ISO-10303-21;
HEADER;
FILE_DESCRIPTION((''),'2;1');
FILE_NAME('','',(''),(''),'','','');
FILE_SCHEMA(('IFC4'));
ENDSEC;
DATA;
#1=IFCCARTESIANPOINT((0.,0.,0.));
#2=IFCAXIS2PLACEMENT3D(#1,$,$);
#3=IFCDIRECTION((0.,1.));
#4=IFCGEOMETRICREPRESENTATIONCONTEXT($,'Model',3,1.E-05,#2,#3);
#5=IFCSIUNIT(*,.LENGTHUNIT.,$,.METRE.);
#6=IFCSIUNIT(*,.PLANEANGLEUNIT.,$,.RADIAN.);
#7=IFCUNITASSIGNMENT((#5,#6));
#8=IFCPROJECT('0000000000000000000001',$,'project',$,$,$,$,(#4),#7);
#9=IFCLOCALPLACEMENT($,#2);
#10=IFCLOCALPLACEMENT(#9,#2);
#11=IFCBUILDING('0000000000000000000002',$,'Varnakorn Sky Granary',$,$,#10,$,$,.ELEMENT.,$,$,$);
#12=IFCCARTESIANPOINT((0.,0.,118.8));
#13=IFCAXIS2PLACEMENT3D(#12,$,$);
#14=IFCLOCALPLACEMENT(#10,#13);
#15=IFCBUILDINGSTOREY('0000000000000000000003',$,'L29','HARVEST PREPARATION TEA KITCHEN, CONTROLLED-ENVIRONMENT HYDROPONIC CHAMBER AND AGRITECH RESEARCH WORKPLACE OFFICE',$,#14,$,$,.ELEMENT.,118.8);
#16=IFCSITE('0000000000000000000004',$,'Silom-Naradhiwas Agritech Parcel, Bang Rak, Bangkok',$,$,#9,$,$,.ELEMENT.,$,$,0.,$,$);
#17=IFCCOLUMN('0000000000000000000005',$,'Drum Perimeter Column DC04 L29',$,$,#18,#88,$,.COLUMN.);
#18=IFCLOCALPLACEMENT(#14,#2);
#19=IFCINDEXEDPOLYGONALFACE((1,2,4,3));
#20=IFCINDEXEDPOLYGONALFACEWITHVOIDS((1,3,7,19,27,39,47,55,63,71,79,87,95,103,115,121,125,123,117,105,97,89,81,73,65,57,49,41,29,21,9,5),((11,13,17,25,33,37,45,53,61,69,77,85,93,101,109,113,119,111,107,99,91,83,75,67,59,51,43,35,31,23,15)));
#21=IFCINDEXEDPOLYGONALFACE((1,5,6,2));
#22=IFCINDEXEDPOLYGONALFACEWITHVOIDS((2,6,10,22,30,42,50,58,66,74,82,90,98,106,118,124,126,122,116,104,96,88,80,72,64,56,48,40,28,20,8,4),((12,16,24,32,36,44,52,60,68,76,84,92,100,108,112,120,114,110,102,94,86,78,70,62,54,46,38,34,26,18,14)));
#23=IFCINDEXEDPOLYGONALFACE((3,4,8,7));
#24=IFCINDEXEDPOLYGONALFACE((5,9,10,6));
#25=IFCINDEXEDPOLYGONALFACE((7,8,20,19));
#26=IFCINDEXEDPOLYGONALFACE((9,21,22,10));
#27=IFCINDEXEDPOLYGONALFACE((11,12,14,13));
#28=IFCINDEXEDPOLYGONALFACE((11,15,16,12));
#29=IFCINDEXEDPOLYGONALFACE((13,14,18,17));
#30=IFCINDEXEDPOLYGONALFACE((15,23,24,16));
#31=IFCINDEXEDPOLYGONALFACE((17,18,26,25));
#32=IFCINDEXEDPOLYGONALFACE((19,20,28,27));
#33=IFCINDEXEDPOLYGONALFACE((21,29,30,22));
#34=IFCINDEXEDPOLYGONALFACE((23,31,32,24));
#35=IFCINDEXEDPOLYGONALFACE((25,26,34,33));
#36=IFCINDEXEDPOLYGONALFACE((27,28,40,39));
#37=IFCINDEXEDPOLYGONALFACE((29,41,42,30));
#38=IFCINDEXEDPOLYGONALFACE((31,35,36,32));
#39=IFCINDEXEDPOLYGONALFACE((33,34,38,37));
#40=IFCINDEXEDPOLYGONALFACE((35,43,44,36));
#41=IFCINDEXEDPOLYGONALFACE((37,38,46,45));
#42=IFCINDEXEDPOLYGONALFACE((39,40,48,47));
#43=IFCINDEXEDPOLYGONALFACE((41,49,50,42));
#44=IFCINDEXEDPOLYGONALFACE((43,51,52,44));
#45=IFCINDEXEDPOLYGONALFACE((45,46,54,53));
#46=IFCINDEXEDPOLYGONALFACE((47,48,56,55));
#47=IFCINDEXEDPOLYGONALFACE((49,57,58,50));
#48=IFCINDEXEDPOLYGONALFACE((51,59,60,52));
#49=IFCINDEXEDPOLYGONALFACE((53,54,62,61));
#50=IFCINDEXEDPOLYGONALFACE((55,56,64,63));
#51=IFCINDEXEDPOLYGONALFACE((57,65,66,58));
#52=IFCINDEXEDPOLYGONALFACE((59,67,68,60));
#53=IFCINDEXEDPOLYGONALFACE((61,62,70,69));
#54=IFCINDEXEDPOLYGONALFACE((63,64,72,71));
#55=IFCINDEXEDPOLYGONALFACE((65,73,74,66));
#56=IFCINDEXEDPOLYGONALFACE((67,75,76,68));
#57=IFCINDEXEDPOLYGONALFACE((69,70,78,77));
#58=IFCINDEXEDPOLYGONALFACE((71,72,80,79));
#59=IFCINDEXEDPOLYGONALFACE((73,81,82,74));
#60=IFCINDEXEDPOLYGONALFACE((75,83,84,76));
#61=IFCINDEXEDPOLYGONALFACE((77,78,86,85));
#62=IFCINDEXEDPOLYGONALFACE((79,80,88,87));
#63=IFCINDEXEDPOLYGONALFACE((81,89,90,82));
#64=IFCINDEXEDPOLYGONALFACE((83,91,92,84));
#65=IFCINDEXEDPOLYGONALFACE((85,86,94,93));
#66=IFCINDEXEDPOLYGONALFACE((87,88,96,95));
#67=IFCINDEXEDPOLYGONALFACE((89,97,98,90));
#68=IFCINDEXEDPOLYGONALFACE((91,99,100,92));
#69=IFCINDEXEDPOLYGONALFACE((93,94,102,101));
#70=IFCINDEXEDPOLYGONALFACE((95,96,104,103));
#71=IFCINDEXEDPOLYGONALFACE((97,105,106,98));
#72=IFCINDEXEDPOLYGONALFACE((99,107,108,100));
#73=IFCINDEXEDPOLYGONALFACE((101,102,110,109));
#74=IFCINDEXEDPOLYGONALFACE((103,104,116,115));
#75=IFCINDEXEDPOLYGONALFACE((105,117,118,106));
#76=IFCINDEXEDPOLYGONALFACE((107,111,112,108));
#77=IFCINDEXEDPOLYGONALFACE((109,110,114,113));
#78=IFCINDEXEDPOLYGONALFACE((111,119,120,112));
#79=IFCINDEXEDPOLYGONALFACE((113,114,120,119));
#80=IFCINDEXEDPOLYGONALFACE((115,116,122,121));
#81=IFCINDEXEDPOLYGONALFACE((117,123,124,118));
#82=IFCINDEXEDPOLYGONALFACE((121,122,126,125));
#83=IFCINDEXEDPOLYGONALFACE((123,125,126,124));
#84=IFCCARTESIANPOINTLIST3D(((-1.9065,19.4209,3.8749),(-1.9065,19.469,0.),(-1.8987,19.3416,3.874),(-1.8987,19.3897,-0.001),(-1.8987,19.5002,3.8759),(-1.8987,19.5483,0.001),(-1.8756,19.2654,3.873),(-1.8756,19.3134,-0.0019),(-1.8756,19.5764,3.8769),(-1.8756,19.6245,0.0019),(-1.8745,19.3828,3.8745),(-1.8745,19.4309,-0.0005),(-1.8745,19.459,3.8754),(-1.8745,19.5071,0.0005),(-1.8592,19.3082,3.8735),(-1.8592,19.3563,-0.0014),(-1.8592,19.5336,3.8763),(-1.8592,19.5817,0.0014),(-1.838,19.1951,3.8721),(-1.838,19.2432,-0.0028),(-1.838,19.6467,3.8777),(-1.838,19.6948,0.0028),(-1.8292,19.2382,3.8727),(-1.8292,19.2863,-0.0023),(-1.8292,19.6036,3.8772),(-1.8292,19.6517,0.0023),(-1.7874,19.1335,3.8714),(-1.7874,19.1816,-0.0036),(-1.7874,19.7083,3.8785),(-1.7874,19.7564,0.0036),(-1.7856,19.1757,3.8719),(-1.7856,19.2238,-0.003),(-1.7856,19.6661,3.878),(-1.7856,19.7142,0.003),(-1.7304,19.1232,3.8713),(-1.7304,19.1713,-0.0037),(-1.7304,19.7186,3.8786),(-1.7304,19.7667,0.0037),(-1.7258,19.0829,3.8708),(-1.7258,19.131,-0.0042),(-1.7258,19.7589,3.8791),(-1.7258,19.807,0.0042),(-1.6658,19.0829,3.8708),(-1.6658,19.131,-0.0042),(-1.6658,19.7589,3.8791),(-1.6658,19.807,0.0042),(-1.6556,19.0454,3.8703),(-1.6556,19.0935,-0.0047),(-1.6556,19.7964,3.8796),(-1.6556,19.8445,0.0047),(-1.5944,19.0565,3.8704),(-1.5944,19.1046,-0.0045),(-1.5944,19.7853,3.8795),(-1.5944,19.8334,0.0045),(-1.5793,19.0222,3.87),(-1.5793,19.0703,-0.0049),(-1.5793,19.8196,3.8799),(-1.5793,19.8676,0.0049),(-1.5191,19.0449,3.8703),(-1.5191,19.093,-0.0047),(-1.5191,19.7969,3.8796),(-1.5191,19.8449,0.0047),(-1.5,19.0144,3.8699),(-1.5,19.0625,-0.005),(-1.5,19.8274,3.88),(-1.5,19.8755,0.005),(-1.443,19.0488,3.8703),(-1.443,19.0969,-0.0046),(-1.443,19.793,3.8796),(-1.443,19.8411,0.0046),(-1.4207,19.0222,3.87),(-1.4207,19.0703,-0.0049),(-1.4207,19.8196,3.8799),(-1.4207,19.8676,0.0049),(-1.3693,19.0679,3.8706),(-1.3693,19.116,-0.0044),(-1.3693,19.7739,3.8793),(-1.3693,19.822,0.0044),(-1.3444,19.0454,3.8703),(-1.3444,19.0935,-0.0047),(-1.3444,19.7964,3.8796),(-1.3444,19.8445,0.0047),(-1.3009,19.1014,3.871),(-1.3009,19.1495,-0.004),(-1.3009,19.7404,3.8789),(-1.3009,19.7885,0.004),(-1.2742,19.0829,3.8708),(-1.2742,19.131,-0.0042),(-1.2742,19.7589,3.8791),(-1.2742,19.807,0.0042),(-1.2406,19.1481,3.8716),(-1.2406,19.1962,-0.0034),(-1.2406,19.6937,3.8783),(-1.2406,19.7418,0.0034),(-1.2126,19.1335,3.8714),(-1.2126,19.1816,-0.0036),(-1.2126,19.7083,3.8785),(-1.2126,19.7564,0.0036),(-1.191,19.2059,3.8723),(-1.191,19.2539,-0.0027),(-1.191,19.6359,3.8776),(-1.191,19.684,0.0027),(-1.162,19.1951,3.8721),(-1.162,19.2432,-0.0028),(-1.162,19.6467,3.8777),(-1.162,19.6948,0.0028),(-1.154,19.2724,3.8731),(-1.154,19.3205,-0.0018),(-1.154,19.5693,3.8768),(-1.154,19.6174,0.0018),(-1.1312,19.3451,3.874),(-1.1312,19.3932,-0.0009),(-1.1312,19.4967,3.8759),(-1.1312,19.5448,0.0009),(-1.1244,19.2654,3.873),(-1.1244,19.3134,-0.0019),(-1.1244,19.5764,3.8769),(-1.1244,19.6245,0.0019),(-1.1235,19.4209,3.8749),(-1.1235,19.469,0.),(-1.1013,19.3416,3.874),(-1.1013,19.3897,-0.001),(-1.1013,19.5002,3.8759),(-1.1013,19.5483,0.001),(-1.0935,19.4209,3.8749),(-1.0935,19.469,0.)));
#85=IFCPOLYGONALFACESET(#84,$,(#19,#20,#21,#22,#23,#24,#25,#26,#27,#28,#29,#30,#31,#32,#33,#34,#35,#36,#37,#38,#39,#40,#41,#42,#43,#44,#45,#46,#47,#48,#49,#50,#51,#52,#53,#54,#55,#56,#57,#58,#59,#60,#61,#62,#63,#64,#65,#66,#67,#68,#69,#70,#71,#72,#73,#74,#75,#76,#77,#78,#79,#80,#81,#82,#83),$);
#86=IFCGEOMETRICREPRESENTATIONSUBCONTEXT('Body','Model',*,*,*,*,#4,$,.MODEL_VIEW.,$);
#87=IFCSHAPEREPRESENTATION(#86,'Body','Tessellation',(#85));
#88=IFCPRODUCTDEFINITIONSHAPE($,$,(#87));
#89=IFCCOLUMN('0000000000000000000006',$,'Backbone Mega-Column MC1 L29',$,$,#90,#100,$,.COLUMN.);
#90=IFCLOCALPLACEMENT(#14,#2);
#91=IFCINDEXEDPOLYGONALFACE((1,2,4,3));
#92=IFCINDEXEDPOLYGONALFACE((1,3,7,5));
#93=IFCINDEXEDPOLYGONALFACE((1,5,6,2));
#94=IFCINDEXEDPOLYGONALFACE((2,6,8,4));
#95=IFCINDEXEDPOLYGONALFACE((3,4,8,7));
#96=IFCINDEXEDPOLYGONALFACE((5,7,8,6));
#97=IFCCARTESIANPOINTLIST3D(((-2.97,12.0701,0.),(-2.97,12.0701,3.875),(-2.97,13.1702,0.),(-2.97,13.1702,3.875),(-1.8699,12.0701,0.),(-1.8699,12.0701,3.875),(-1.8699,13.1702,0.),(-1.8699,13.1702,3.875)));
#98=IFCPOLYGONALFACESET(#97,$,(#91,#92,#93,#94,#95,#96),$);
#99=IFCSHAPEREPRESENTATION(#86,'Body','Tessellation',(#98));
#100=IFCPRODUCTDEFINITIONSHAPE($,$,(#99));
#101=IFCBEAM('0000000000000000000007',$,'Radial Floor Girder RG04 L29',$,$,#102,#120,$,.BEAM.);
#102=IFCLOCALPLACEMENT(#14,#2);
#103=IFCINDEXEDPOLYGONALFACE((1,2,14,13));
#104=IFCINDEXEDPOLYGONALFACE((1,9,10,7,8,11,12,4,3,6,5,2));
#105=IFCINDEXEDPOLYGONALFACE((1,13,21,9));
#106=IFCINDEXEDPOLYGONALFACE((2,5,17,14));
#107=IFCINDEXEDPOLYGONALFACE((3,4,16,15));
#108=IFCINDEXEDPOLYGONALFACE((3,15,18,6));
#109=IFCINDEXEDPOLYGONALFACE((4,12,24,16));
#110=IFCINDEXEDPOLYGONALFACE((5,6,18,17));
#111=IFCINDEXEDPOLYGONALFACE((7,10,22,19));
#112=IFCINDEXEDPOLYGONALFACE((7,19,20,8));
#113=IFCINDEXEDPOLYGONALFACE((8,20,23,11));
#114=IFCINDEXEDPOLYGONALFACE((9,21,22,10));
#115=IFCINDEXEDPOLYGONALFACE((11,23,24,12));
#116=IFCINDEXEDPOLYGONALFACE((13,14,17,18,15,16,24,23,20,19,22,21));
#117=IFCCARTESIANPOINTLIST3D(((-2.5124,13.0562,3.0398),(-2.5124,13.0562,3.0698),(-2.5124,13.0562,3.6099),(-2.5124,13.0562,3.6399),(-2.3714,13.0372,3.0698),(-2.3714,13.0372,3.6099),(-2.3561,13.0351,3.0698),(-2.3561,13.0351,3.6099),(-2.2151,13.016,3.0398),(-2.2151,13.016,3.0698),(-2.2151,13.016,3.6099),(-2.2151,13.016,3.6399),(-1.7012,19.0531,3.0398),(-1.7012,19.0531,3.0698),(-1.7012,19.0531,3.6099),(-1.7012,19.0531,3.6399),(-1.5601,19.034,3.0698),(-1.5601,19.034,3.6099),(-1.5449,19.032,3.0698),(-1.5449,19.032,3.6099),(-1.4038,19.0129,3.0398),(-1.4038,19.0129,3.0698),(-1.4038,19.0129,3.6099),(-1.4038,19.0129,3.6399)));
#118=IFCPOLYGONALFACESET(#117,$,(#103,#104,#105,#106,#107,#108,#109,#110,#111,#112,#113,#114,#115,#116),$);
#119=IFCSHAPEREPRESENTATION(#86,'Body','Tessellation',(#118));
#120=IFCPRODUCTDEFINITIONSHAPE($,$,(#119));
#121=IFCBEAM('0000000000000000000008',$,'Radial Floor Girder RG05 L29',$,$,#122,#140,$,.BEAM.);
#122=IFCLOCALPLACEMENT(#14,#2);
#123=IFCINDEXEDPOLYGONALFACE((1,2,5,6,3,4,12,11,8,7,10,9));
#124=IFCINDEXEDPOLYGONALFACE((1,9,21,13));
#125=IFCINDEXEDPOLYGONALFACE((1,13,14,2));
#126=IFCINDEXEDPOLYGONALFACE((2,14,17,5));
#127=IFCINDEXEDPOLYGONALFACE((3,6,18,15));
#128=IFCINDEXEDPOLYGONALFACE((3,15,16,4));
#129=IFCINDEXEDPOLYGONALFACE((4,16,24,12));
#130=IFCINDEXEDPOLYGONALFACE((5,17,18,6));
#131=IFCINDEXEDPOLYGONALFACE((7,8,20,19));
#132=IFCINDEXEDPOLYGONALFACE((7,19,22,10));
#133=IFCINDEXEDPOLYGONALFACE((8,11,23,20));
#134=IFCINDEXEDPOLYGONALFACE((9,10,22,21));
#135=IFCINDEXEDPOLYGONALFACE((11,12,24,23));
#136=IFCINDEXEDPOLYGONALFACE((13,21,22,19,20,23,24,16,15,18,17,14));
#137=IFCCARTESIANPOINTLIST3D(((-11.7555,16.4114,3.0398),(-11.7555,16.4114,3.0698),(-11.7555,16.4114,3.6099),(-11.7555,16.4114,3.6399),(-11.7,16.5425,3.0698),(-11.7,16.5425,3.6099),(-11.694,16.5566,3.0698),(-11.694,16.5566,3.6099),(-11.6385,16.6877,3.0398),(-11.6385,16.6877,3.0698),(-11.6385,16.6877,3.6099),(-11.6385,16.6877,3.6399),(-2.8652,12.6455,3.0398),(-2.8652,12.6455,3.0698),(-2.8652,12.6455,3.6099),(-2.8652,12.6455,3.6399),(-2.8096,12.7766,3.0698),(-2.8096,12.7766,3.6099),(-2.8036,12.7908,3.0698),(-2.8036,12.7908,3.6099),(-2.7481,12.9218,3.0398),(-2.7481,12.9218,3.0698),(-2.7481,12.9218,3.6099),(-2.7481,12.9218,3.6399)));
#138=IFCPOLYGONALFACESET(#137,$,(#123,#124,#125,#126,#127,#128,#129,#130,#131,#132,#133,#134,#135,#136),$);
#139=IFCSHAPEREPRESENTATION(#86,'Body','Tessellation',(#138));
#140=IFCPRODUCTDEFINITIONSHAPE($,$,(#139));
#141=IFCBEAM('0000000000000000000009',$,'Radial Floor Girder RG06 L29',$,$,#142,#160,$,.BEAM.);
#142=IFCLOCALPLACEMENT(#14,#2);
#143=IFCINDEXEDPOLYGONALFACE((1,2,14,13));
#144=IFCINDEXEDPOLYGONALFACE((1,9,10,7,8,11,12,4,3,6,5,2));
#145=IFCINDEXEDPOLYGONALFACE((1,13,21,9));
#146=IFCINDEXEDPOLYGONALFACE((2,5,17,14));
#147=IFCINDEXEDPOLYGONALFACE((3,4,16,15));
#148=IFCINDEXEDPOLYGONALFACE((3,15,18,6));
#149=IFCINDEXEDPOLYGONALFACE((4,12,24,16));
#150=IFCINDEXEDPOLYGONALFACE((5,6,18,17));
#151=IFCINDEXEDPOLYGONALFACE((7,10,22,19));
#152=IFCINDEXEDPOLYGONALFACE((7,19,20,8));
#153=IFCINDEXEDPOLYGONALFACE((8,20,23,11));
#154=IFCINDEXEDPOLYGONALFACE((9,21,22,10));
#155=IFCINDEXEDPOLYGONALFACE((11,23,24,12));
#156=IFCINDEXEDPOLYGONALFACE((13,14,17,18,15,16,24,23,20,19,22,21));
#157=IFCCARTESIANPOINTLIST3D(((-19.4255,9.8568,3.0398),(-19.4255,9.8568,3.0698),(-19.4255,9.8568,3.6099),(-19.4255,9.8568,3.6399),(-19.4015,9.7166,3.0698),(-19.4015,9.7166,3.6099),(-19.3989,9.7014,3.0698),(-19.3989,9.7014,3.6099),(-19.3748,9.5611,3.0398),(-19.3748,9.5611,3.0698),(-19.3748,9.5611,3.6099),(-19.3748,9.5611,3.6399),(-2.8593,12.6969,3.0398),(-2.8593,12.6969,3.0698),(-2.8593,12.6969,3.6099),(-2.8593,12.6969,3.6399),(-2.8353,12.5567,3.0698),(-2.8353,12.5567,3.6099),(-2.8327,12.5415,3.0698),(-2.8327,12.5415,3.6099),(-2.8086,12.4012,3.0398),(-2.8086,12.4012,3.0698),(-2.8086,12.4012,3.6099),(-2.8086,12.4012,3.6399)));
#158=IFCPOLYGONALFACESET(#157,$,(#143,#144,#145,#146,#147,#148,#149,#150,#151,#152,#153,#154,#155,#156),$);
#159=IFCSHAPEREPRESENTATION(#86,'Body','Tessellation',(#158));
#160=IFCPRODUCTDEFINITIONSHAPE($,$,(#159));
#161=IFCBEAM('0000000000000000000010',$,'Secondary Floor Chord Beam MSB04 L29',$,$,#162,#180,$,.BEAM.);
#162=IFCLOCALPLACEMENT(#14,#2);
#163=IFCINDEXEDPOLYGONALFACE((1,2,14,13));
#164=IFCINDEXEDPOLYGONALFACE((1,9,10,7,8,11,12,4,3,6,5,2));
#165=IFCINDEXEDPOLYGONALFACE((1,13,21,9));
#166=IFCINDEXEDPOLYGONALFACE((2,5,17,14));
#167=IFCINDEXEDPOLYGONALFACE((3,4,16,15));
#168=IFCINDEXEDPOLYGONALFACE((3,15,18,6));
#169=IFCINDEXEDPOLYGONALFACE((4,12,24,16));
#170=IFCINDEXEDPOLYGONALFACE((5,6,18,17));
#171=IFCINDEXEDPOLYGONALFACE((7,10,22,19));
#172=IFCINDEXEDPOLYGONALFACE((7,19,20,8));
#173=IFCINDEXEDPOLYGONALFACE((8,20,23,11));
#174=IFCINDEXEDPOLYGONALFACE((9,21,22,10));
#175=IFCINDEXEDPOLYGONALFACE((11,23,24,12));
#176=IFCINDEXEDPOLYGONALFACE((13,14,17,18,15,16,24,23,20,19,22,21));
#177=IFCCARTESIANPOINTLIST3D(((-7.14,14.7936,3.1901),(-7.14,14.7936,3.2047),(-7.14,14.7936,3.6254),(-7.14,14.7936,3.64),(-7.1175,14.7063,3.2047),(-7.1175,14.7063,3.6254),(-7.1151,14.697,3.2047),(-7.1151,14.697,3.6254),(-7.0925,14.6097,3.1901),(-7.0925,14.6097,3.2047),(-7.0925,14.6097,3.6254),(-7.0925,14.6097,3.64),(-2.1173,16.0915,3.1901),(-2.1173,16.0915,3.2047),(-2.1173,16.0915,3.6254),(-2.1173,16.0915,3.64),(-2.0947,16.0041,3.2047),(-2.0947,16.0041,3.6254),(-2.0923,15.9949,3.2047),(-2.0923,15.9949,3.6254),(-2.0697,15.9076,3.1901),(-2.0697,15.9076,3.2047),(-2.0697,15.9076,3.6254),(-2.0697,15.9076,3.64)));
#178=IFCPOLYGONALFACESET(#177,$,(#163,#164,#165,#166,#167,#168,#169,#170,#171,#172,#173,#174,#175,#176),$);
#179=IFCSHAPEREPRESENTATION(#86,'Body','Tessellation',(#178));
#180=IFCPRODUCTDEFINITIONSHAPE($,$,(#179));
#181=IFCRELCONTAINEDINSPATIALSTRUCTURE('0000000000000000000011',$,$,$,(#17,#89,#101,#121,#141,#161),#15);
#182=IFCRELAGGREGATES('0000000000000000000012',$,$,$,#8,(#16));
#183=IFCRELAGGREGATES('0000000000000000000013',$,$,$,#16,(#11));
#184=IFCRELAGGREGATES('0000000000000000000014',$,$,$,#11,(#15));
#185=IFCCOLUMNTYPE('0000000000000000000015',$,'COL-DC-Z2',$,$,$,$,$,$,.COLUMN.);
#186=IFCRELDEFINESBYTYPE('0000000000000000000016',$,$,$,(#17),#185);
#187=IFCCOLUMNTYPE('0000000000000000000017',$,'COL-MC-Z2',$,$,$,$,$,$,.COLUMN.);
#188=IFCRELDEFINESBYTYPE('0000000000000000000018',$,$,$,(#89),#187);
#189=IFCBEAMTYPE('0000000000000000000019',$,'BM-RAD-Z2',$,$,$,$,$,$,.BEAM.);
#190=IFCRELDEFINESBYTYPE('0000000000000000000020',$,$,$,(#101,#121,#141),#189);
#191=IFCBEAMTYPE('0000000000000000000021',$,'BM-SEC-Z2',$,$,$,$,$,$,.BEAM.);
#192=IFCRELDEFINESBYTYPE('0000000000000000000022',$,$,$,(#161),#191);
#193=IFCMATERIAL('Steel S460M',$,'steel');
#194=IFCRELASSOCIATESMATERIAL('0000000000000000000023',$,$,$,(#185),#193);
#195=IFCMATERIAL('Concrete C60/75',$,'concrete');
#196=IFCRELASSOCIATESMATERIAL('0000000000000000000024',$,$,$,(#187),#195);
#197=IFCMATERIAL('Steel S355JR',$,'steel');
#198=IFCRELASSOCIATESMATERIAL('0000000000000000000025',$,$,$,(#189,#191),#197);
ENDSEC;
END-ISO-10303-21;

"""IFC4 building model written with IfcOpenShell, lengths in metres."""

from ifc_helpers import new_model, si_unit, direction, frame, origin, origin_2d, place, context, subcontext, project, spatial, rectangle, hollow_circle, i_section, extrude, material, material_profile, profile_set, type_object, element, save


model = new_model("IFC4")

# Units and contexts
model_context = context("Model", 3, precision=1e-05, world=origin(), true_north=direction((0.0, 1.0)))
body_context = subcontext(model_context, "Body", "Model", "MODEL_VIEW")
ifc_project = project(units=[si_unit("LENGTHUNIT", "METRE"), si_unit("PLANEANGLEUNIT", "RADIAN")], contexts=[model_context])

# Site, building, storey
site_placement = place(None, origin())
site = spatial("IfcSite", under=ifc_project, at=site_placement, Name="Silom-Naradhiwas Agritech Parcel, Bang Rak, Bangkok", CompositionType="ELEMENT", RefElevation=0.0)
building_placement = place(site_placement, origin())
building = spatial("IfcBuilding", under=site, at=building_placement, Name="Varnakorn Sky Granary", CompositionType="ELEMENT")
storey_placement = place(building_placement, frame((0.0, 0.0, 118.8)))
storey = spatial("IfcBuildingStorey", under=building, at=storey_placement, Name="L29", Description="HARVEST PREPARATION TEA KITCHEN, CONTROLLED-ENVIRONMENT HYDROPONIC CHAMBER AND AGRITECH RESEARCH WORKPLACE OFFICE", CompositionType="ELEMENT", Elevation=118.8)

# Columns
ifc_material_1 = material(Name="Steel S460M", Category="steel")
ifc_material_profile_1 = material_profile(ifc_material_1, hollow_circle(Radius=0.4065, WallThickness=0.03, at=origin_2d()), Name="CHS 813x30")
ifc_profile_set_1 = profile_set([ifc_material_profile_1], Name="Steel S460M")
column_type_1 = type_object("IfcColumnType", Name="COL-DC-Z2", PredefinedType="COLUMN", material=ifc_profile_set_1)
column_1_placement = place(storey_placement, frame((-1.5, 19.469, 0.0), z_axis=(0.0, -0.012411, 0.999923), x_axis=(1.0, 0.0, 0.0)))
element("IfcColumn", 1, at=column_1_placement, inside=storey, type_object=column_type_1, Name="Drum Perimeter Column DC04 L29", PredefinedType="COLUMN", context=body_context, shape_type="SweptSolid", body=[
    extrude(hollow_circle(Radius=0.4065, WallThickness=0.03, at=origin_2d()), origin(), (0.0, 0.0, 1.0), 3.8752),
])
ifc_material_2 = material(Name="Concrete C60/75", Category="concrete")
ifc_material_profile_2 = material_profile(ifc_material_2, rectangle(XDim=1.1001, YDim=1.1001, at=origin_2d()), Name="RC 1100x1100")
ifc_profile_set_2 = profile_set([ifc_material_profile_2], Name="Concrete C60/75")
column_type_2 = type_object("IfcColumnType", Name="COL-MC-Z2", PredefinedType="COLUMN", material=ifc_profile_set_2)
column_2_placement = place(storey_placement, frame((-2.4199, 12.6201, 0.0), z_axis=(0.0, 0.0, 1.0), x_axis=(1.0, 0.0, 0.0)))
element("IfcColumn", 2, at=column_2_placement, inside=storey, type_object=column_type_2, Name="Backbone Mega-Column MC1 L29", PredefinedType="COLUMN", context=body_context, shape_type="SweptSolid", body=[
    extrude(rectangle(XDim=1.1001, YDim=1.1001, at=origin_2d()), origin(), (0.0, 0.0, 1.0), 3.875),
])

# Beams
ifc_material_3 = material(Name="Steel S355JR", Category="steel")
ifc_material_profile_3 = material_profile(ifc_material_3, i_section(OverallWidth=0.3, OverallDepth=0.6001, WebThickness=0.0154, FlangeThickness=0.03, at=origin_2d()), Name="HE 600 B")
ifc_profile_set_3 = profile_set([ifc_material_profile_3], Name="Steel S355JR")
beam_type_1 = type_object("IfcBeamType", Name="BM-RAD-Z2", PredefinedType="BEAM", material=ifc_profile_set_3)
beam_1_placement = place(storey_placement, frame((-2.3638, 13.0361, 3.3398), z_axis=(0.134064, 0.990973, 0.0), x_axis=(-0.990973, 0.134064, 0.0)))
element("IfcBeam", 3, at=beam_1_placement, inside=storey, type_object=beam_type_1, Name="Radial Floor Girder RG04 L29", PredefinedType="BEAM", context=body_context, shape_type="SweptSolid", body=[
    extrude(i_section(OverallWidth=0.3, OverallDepth=0.6001, WebThickness=0.0154, FlangeThickness=0.03, at=origin_2d()), origin(), (0.0, 0.0, 1.0), 6.0515),
])
beam_2_placement = place(storey_placement, frame((-2.8066, 12.7837, 3.3398), z_axis=(-0.920798, 0.39004, 0.0), x_axis=(-0.39004, -0.920798, 0.0)))
element("IfcBeam", 4, at=beam_2_placement, inside=storey, type_object=beam_type_1, Name="Radial Floor Girder RG05 L29", PredefinedType="BEAM", context=body_context, shape_type="SweptSolid", body=[
    extrude(i_section(OverallWidth=0.3, OverallDepth=0.6001, WebThickness=0.0154, FlangeThickness=0.03, at=origin_2d()), origin(), (0.0, 0.0, 1.0), 9.655),
])
beam_3_placement = place(storey_placement, frame((-2.834, 12.5491, 3.3398), z_axis=(-0.985621, -0.168974, 0.0), x_axis=(0.168974, -0.985621, 0.0)))
element("IfcBeam", 5, at=beam_3_placement, inside=storey, type_object=beam_type_1, Name="Radial Floor Girder RG06 L29", PredefinedType="BEAM", context=body_context, shape_type="SweptSolid", body=[
    extrude(i_section(OverallWidth=0.3, OverallDepth=0.6001, WebThickness=0.0154, FlangeThickness=0.03, at=origin_2d()), origin(), (0.0, 0.0, 1.0), 16.8079),
])
ifc_material_profile_4 = material_profile(ifc_material_3, i_section(OverallWidth=0.1899, OverallDepth=0.45, WebThickness=0.0095, FlangeThickness=0.0146, at=origin_2d()), Name="IPE 450")
ifc_profile_set_4 = profile_set([ifc_material_profile_4], Name="Steel S355JR")
beam_type_2 = type_object("IfcBeamType", Name="BM-SEC-Z2", PredefinedType="BEAM", material=ifc_profile_set_4)
beam_4_placement = place(storey_placement, frame((-2.0935, 15.9995, 3.415), z_axis=(-0.968199, -0.25018, 0.0), x_axis=(0.25018, -0.968199, 0.0)))
element("IfcBeam", 6, at=beam_4_placement, inside=storey, type_object=beam_type_2, Name="Secondary Floor Chord Beam MSB04 L29", PredefinedType="BEAM", context=body_context, shape_type="SweptSolid", body=[
    extrude(i_section(OverallWidth=0.1899, OverallDepth=0.45, WebThickness=0.0095, FlangeThickness=0.0146, at=origin_2d()), origin(), (0.0, 0.0, 1.0), 5.1877),
])

save(model, "model.ifc")
